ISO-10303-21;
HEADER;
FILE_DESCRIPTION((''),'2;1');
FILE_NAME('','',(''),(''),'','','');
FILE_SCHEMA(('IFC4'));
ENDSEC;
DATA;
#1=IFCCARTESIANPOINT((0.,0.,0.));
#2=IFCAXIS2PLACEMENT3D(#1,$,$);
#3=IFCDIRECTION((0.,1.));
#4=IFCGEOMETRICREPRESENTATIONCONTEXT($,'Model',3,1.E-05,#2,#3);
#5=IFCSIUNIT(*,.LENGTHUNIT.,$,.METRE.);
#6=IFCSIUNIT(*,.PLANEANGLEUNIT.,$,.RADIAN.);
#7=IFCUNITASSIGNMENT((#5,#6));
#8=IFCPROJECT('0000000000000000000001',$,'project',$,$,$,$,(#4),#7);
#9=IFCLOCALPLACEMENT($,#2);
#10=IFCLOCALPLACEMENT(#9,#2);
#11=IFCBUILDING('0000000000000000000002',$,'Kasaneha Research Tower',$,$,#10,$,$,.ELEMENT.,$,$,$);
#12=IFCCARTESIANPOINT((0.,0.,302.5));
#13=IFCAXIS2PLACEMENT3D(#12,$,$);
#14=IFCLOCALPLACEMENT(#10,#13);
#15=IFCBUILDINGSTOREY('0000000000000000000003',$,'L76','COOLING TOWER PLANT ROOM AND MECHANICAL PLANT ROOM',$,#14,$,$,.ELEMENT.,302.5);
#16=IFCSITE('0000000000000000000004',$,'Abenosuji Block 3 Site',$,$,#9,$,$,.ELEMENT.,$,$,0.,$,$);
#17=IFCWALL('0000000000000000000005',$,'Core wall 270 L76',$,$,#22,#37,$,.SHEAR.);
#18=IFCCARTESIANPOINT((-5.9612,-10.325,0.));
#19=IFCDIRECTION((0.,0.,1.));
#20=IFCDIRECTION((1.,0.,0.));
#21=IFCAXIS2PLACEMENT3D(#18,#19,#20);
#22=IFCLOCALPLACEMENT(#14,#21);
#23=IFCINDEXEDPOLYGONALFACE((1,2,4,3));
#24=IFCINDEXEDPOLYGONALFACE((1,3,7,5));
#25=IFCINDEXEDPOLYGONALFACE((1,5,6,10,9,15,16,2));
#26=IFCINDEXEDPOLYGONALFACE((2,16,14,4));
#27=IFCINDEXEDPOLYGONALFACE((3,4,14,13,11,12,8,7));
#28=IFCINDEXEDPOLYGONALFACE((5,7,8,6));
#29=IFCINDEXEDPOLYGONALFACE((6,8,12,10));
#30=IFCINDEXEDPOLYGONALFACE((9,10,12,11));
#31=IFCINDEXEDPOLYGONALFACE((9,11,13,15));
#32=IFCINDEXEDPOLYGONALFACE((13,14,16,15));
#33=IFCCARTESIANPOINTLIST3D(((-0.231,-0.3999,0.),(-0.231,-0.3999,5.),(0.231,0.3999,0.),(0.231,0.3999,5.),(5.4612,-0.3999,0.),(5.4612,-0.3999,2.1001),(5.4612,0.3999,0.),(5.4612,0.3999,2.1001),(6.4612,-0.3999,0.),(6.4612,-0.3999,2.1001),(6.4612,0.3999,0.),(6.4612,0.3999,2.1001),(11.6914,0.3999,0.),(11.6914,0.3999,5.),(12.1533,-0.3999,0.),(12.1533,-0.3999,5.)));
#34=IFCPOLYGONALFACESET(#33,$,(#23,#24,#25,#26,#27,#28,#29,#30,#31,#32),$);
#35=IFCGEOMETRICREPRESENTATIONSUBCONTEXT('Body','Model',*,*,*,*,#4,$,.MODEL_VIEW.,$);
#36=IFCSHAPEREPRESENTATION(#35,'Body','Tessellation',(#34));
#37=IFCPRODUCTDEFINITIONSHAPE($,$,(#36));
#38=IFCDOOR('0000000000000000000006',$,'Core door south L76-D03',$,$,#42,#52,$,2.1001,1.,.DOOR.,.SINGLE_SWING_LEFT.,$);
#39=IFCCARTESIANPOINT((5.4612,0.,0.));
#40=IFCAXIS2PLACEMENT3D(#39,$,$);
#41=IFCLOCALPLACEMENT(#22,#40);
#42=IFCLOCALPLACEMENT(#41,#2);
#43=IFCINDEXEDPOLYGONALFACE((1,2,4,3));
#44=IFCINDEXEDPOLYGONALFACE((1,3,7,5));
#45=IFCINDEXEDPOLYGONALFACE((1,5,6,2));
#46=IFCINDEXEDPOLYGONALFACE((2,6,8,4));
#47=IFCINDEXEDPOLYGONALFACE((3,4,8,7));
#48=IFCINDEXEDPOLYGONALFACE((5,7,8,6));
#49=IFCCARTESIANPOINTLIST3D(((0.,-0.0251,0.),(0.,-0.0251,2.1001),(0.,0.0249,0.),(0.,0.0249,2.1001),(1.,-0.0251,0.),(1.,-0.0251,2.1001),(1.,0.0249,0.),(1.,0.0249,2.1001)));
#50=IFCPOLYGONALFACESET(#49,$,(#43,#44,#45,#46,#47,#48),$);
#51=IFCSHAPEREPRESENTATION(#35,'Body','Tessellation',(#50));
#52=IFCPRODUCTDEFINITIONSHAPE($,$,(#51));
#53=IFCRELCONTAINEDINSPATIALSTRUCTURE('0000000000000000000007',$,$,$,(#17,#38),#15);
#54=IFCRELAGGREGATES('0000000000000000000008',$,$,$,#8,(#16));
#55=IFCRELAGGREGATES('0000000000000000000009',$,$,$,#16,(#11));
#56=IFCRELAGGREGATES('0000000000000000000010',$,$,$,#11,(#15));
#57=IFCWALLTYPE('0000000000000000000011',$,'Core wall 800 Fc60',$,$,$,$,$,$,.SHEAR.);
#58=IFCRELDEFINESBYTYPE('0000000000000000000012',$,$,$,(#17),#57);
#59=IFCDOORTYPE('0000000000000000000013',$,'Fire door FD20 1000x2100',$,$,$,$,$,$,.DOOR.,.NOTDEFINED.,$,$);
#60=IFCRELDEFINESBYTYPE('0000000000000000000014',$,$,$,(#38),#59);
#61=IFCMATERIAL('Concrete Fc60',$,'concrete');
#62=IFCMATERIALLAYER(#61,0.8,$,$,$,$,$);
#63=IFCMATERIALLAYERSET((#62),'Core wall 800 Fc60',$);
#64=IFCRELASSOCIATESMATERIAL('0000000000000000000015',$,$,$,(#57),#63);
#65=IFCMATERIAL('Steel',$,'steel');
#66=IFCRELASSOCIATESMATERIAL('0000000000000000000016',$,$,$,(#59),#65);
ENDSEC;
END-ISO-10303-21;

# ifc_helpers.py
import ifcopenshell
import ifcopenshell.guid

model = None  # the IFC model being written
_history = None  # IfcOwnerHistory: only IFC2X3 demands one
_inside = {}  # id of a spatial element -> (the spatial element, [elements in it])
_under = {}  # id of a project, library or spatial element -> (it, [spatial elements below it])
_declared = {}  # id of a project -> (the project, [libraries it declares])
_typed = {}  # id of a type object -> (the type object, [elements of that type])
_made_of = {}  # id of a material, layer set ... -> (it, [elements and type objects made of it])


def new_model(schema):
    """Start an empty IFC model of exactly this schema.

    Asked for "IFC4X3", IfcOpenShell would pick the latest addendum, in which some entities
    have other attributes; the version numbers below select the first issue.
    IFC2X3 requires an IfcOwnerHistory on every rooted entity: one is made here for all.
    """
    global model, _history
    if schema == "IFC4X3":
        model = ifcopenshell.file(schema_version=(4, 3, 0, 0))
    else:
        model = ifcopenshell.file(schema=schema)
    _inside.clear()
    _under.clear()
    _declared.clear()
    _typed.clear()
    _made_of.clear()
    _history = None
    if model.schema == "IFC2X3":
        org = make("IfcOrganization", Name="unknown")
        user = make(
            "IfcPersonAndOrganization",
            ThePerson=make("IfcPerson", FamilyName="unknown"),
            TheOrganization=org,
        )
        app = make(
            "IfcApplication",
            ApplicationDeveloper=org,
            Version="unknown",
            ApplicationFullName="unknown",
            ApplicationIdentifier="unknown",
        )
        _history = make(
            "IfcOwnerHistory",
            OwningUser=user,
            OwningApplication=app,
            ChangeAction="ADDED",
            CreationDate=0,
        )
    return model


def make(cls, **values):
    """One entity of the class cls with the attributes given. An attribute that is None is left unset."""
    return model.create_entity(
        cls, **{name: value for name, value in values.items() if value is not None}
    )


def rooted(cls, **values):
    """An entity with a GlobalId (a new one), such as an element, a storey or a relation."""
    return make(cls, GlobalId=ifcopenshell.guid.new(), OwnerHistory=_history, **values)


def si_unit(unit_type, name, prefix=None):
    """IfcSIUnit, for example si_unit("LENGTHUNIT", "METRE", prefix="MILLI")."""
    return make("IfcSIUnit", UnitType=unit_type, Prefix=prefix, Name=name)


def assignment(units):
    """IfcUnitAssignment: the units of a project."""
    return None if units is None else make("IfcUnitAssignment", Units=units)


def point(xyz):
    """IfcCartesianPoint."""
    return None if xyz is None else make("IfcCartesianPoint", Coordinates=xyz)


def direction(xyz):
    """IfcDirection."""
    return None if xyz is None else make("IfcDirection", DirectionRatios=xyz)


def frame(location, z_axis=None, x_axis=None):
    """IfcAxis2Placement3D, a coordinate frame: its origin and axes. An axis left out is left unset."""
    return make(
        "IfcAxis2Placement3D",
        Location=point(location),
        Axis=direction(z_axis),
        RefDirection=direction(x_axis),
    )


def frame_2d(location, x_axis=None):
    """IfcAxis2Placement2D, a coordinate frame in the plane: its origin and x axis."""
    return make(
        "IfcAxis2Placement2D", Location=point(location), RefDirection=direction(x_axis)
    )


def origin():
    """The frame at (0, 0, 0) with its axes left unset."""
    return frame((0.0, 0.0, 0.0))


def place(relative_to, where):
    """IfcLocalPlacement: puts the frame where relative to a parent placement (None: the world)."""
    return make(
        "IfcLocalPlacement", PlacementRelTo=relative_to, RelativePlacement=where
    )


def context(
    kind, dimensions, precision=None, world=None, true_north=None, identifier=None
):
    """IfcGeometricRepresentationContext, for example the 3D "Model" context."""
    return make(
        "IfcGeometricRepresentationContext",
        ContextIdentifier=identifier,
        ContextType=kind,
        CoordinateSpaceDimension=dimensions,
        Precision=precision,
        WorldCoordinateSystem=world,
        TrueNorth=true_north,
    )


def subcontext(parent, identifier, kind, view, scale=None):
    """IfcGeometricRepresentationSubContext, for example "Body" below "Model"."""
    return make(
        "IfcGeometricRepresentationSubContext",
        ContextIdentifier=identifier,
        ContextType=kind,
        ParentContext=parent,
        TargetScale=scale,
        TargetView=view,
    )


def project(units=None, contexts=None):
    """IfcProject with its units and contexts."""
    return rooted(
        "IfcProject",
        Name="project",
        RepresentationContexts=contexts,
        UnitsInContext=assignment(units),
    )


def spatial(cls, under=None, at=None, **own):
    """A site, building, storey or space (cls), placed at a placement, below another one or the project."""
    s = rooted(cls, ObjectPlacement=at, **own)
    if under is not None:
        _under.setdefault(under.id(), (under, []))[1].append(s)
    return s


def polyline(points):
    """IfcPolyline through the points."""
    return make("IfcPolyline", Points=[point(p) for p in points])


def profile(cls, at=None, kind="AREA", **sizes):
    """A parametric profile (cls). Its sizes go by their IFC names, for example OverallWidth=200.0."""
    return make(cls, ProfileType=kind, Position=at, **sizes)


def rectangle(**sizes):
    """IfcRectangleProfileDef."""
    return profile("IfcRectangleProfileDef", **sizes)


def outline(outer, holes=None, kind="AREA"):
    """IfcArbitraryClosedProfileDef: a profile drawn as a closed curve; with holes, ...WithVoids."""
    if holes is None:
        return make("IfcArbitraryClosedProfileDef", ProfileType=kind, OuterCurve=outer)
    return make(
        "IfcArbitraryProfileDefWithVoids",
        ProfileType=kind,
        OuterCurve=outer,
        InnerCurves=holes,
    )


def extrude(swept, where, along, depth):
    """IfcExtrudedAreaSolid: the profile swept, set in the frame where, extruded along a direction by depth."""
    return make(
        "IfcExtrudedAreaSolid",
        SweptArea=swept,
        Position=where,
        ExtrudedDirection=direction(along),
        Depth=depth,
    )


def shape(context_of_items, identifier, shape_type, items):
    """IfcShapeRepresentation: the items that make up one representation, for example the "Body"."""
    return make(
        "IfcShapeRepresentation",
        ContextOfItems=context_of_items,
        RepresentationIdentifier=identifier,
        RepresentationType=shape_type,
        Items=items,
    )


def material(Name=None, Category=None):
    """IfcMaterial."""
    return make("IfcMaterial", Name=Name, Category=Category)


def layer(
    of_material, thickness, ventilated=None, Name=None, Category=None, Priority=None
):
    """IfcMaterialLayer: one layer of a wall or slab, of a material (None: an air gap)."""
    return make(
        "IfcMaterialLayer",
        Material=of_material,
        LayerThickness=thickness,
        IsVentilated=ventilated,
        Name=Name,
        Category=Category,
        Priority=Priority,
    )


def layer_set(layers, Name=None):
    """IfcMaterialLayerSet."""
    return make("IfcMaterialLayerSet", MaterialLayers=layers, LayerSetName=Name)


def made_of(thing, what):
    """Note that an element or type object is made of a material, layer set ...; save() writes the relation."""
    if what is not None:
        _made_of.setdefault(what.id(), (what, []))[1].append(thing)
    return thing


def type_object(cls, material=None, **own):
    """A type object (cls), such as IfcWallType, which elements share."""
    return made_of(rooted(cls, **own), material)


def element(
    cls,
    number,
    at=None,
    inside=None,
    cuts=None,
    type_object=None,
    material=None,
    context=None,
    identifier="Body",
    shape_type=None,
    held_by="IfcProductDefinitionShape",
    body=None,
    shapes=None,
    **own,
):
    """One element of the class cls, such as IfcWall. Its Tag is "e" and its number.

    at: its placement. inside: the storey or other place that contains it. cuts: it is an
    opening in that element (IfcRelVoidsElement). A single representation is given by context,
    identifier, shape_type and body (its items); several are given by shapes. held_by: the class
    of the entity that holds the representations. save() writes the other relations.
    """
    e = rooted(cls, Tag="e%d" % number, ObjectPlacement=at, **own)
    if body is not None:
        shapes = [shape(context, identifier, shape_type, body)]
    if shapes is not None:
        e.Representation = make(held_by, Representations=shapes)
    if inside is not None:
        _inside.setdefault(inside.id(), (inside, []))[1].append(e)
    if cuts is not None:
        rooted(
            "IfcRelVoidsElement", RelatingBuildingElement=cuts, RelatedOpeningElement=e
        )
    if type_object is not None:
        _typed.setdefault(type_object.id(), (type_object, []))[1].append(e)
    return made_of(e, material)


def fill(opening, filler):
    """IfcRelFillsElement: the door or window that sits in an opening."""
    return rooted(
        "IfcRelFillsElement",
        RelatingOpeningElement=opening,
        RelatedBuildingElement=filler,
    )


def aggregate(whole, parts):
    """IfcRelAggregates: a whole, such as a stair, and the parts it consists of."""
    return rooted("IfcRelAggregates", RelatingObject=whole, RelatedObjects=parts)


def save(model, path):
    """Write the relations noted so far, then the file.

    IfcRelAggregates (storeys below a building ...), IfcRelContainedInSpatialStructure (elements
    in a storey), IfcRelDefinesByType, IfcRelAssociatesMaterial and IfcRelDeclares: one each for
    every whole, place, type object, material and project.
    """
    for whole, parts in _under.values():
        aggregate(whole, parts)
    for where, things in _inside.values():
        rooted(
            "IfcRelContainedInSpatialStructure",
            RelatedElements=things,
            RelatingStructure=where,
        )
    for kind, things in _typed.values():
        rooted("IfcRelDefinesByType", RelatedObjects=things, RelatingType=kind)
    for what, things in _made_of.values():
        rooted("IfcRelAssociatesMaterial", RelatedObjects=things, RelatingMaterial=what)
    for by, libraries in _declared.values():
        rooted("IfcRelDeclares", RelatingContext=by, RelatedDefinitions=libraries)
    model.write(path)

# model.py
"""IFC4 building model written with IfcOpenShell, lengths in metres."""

from ifc_helpers import new_model, si_unit, direction, frame, frame_2d, origin, place, context, subcontext, project, spatial, polyline, rectangle, outline, extrude, material, layer, layer_set, type_object, element, fill, save


model = new_model("IFC4")

# Units and contexts
model_context = context("Model", 3, precision=1e-05, world=origin(), true_north=direction((0.0, 1.0)))
body_context = subcontext(model_context, "Body", "Model", "MODEL_VIEW")
ifc_project = project(units=[si_unit("LENGTHUNIT", "METRE"), si_unit("PLANEANGLEUNIT", "RADIAN")], contexts=[model_context])

# Site, building, storey
site_placement = place(None, origin())
site = spatial("IfcSite", under=ifc_project, at=site_placement, Name="Abenosuji Block 3 Site", CompositionType="ELEMENT", RefElevation=0.0)
building_placement = place(site_placement, origin())
building = spatial("IfcBuilding", under=site, at=building_placement, Name="Kasaneha Research Tower", CompositionType="ELEMENT")
storey_placement = place(building_placement, frame((0.0, 0.0, 302.5)))
storey = spatial("IfcBuildingStorey", under=building, at=storey_placement, Name="L76", Description="COOLING TOWER PLANT ROOM AND MECHANICAL PLANT ROOM", CompositionType="ELEMENT", Elevation=302.5)

# Wall, opening, door
ifc_material_1 = material(Name="Concrete Fc60", Category="concrete")
ifc_layer_1 = layer(ifc_material_1, 0.8)
ifc_layer_set_1 = layer_set([ifc_layer_1], Name="Core wall 800 Fc60")
wall_type_1 = type_object("IfcWallType", Name="Core wall 800 Fc60", PredefinedType="SHEAR", material=ifc_layer_set_1)
wall_1_placement = place(storey_placement, frame((-5.9612, -10.325, 0.0), z_axis=(0.0, 0.0, 1.0), x_axis=(1.0, 0.0, 0.0)))
wall_1 = element("IfcWall", 1, at=wall_1_placement, inside=storey, type_object=wall_type_1, Name="Core wall 270 L76", PredefinedType="SHEAR", context=body_context, shape_type="SweptSolid", body=[
    extrude(outline(polyline([(-0.231, -0.3999), (5.4612, -0.3999), (6.4612, -0.3999), (12.1533, -0.3999), (11.6914, 0.3999), (6.4612, 0.3999), (5.4612, 0.3999), (0.231, 0.3999), (-0.231, -0.3999)])), origin(), (0.0, 0.0, 1.0), 5.0),
])
opening_1_placement = place(wall_1_placement, frame((5.4612, 0.0, 0.0)))
opening_1 = element("IfcOpeningElement", 2, at=opening_1_placement, cuts=wall_1, PredefinedType="OPENING", context=body_context, shape_type="SweptSolid", body=[
    extrude(rectangle(XDim=1.0, YDim=2.1001, at=frame_2d((0.5, 1.05))), frame((0.0, 0.4102, 0.0), z_axis=(0.0, -1.0, 0.0), x_axis=(1.0, 0.0, 0.0)), (0.0, 0.0, 1.0), 0.8201),
])
ifc_material_2 = material(Name="Steel", Category="steel")
door_type_1 = type_object("IfcDoorType", Name="Fire door FD20 1000x2100", OperationType="NOTDEFINED", PredefinedType="DOOR", material=ifc_material_2)
door_1_placement = place(opening_1_placement, origin())
door_1 = element("IfcDoor", 3, at=door_1_placement, inside=storey, type_object=door_type_1, Name="Core door south L76-D03", OperationType="SINGLE_SWING_LEFT", OverallHeight=2.1001, OverallWidth=1.0, PredefinedType="DOOR", context=body_context, shape_type="SweptSolid", body=[
    extrude(rectangle(XDim=1.0, YDim=2.1001, at=frame_2d((0.5, 1.05))), frame((0.0, 0.0249, 0.0), z_axis=(0.0, -1.0, 0.0), x_axis=(1.0, 0.0, 0.0)), (0.0, 0.0, 1.0), 0.05),
])
fill(opening_1, door_1)

save(model, "model.ifc")
